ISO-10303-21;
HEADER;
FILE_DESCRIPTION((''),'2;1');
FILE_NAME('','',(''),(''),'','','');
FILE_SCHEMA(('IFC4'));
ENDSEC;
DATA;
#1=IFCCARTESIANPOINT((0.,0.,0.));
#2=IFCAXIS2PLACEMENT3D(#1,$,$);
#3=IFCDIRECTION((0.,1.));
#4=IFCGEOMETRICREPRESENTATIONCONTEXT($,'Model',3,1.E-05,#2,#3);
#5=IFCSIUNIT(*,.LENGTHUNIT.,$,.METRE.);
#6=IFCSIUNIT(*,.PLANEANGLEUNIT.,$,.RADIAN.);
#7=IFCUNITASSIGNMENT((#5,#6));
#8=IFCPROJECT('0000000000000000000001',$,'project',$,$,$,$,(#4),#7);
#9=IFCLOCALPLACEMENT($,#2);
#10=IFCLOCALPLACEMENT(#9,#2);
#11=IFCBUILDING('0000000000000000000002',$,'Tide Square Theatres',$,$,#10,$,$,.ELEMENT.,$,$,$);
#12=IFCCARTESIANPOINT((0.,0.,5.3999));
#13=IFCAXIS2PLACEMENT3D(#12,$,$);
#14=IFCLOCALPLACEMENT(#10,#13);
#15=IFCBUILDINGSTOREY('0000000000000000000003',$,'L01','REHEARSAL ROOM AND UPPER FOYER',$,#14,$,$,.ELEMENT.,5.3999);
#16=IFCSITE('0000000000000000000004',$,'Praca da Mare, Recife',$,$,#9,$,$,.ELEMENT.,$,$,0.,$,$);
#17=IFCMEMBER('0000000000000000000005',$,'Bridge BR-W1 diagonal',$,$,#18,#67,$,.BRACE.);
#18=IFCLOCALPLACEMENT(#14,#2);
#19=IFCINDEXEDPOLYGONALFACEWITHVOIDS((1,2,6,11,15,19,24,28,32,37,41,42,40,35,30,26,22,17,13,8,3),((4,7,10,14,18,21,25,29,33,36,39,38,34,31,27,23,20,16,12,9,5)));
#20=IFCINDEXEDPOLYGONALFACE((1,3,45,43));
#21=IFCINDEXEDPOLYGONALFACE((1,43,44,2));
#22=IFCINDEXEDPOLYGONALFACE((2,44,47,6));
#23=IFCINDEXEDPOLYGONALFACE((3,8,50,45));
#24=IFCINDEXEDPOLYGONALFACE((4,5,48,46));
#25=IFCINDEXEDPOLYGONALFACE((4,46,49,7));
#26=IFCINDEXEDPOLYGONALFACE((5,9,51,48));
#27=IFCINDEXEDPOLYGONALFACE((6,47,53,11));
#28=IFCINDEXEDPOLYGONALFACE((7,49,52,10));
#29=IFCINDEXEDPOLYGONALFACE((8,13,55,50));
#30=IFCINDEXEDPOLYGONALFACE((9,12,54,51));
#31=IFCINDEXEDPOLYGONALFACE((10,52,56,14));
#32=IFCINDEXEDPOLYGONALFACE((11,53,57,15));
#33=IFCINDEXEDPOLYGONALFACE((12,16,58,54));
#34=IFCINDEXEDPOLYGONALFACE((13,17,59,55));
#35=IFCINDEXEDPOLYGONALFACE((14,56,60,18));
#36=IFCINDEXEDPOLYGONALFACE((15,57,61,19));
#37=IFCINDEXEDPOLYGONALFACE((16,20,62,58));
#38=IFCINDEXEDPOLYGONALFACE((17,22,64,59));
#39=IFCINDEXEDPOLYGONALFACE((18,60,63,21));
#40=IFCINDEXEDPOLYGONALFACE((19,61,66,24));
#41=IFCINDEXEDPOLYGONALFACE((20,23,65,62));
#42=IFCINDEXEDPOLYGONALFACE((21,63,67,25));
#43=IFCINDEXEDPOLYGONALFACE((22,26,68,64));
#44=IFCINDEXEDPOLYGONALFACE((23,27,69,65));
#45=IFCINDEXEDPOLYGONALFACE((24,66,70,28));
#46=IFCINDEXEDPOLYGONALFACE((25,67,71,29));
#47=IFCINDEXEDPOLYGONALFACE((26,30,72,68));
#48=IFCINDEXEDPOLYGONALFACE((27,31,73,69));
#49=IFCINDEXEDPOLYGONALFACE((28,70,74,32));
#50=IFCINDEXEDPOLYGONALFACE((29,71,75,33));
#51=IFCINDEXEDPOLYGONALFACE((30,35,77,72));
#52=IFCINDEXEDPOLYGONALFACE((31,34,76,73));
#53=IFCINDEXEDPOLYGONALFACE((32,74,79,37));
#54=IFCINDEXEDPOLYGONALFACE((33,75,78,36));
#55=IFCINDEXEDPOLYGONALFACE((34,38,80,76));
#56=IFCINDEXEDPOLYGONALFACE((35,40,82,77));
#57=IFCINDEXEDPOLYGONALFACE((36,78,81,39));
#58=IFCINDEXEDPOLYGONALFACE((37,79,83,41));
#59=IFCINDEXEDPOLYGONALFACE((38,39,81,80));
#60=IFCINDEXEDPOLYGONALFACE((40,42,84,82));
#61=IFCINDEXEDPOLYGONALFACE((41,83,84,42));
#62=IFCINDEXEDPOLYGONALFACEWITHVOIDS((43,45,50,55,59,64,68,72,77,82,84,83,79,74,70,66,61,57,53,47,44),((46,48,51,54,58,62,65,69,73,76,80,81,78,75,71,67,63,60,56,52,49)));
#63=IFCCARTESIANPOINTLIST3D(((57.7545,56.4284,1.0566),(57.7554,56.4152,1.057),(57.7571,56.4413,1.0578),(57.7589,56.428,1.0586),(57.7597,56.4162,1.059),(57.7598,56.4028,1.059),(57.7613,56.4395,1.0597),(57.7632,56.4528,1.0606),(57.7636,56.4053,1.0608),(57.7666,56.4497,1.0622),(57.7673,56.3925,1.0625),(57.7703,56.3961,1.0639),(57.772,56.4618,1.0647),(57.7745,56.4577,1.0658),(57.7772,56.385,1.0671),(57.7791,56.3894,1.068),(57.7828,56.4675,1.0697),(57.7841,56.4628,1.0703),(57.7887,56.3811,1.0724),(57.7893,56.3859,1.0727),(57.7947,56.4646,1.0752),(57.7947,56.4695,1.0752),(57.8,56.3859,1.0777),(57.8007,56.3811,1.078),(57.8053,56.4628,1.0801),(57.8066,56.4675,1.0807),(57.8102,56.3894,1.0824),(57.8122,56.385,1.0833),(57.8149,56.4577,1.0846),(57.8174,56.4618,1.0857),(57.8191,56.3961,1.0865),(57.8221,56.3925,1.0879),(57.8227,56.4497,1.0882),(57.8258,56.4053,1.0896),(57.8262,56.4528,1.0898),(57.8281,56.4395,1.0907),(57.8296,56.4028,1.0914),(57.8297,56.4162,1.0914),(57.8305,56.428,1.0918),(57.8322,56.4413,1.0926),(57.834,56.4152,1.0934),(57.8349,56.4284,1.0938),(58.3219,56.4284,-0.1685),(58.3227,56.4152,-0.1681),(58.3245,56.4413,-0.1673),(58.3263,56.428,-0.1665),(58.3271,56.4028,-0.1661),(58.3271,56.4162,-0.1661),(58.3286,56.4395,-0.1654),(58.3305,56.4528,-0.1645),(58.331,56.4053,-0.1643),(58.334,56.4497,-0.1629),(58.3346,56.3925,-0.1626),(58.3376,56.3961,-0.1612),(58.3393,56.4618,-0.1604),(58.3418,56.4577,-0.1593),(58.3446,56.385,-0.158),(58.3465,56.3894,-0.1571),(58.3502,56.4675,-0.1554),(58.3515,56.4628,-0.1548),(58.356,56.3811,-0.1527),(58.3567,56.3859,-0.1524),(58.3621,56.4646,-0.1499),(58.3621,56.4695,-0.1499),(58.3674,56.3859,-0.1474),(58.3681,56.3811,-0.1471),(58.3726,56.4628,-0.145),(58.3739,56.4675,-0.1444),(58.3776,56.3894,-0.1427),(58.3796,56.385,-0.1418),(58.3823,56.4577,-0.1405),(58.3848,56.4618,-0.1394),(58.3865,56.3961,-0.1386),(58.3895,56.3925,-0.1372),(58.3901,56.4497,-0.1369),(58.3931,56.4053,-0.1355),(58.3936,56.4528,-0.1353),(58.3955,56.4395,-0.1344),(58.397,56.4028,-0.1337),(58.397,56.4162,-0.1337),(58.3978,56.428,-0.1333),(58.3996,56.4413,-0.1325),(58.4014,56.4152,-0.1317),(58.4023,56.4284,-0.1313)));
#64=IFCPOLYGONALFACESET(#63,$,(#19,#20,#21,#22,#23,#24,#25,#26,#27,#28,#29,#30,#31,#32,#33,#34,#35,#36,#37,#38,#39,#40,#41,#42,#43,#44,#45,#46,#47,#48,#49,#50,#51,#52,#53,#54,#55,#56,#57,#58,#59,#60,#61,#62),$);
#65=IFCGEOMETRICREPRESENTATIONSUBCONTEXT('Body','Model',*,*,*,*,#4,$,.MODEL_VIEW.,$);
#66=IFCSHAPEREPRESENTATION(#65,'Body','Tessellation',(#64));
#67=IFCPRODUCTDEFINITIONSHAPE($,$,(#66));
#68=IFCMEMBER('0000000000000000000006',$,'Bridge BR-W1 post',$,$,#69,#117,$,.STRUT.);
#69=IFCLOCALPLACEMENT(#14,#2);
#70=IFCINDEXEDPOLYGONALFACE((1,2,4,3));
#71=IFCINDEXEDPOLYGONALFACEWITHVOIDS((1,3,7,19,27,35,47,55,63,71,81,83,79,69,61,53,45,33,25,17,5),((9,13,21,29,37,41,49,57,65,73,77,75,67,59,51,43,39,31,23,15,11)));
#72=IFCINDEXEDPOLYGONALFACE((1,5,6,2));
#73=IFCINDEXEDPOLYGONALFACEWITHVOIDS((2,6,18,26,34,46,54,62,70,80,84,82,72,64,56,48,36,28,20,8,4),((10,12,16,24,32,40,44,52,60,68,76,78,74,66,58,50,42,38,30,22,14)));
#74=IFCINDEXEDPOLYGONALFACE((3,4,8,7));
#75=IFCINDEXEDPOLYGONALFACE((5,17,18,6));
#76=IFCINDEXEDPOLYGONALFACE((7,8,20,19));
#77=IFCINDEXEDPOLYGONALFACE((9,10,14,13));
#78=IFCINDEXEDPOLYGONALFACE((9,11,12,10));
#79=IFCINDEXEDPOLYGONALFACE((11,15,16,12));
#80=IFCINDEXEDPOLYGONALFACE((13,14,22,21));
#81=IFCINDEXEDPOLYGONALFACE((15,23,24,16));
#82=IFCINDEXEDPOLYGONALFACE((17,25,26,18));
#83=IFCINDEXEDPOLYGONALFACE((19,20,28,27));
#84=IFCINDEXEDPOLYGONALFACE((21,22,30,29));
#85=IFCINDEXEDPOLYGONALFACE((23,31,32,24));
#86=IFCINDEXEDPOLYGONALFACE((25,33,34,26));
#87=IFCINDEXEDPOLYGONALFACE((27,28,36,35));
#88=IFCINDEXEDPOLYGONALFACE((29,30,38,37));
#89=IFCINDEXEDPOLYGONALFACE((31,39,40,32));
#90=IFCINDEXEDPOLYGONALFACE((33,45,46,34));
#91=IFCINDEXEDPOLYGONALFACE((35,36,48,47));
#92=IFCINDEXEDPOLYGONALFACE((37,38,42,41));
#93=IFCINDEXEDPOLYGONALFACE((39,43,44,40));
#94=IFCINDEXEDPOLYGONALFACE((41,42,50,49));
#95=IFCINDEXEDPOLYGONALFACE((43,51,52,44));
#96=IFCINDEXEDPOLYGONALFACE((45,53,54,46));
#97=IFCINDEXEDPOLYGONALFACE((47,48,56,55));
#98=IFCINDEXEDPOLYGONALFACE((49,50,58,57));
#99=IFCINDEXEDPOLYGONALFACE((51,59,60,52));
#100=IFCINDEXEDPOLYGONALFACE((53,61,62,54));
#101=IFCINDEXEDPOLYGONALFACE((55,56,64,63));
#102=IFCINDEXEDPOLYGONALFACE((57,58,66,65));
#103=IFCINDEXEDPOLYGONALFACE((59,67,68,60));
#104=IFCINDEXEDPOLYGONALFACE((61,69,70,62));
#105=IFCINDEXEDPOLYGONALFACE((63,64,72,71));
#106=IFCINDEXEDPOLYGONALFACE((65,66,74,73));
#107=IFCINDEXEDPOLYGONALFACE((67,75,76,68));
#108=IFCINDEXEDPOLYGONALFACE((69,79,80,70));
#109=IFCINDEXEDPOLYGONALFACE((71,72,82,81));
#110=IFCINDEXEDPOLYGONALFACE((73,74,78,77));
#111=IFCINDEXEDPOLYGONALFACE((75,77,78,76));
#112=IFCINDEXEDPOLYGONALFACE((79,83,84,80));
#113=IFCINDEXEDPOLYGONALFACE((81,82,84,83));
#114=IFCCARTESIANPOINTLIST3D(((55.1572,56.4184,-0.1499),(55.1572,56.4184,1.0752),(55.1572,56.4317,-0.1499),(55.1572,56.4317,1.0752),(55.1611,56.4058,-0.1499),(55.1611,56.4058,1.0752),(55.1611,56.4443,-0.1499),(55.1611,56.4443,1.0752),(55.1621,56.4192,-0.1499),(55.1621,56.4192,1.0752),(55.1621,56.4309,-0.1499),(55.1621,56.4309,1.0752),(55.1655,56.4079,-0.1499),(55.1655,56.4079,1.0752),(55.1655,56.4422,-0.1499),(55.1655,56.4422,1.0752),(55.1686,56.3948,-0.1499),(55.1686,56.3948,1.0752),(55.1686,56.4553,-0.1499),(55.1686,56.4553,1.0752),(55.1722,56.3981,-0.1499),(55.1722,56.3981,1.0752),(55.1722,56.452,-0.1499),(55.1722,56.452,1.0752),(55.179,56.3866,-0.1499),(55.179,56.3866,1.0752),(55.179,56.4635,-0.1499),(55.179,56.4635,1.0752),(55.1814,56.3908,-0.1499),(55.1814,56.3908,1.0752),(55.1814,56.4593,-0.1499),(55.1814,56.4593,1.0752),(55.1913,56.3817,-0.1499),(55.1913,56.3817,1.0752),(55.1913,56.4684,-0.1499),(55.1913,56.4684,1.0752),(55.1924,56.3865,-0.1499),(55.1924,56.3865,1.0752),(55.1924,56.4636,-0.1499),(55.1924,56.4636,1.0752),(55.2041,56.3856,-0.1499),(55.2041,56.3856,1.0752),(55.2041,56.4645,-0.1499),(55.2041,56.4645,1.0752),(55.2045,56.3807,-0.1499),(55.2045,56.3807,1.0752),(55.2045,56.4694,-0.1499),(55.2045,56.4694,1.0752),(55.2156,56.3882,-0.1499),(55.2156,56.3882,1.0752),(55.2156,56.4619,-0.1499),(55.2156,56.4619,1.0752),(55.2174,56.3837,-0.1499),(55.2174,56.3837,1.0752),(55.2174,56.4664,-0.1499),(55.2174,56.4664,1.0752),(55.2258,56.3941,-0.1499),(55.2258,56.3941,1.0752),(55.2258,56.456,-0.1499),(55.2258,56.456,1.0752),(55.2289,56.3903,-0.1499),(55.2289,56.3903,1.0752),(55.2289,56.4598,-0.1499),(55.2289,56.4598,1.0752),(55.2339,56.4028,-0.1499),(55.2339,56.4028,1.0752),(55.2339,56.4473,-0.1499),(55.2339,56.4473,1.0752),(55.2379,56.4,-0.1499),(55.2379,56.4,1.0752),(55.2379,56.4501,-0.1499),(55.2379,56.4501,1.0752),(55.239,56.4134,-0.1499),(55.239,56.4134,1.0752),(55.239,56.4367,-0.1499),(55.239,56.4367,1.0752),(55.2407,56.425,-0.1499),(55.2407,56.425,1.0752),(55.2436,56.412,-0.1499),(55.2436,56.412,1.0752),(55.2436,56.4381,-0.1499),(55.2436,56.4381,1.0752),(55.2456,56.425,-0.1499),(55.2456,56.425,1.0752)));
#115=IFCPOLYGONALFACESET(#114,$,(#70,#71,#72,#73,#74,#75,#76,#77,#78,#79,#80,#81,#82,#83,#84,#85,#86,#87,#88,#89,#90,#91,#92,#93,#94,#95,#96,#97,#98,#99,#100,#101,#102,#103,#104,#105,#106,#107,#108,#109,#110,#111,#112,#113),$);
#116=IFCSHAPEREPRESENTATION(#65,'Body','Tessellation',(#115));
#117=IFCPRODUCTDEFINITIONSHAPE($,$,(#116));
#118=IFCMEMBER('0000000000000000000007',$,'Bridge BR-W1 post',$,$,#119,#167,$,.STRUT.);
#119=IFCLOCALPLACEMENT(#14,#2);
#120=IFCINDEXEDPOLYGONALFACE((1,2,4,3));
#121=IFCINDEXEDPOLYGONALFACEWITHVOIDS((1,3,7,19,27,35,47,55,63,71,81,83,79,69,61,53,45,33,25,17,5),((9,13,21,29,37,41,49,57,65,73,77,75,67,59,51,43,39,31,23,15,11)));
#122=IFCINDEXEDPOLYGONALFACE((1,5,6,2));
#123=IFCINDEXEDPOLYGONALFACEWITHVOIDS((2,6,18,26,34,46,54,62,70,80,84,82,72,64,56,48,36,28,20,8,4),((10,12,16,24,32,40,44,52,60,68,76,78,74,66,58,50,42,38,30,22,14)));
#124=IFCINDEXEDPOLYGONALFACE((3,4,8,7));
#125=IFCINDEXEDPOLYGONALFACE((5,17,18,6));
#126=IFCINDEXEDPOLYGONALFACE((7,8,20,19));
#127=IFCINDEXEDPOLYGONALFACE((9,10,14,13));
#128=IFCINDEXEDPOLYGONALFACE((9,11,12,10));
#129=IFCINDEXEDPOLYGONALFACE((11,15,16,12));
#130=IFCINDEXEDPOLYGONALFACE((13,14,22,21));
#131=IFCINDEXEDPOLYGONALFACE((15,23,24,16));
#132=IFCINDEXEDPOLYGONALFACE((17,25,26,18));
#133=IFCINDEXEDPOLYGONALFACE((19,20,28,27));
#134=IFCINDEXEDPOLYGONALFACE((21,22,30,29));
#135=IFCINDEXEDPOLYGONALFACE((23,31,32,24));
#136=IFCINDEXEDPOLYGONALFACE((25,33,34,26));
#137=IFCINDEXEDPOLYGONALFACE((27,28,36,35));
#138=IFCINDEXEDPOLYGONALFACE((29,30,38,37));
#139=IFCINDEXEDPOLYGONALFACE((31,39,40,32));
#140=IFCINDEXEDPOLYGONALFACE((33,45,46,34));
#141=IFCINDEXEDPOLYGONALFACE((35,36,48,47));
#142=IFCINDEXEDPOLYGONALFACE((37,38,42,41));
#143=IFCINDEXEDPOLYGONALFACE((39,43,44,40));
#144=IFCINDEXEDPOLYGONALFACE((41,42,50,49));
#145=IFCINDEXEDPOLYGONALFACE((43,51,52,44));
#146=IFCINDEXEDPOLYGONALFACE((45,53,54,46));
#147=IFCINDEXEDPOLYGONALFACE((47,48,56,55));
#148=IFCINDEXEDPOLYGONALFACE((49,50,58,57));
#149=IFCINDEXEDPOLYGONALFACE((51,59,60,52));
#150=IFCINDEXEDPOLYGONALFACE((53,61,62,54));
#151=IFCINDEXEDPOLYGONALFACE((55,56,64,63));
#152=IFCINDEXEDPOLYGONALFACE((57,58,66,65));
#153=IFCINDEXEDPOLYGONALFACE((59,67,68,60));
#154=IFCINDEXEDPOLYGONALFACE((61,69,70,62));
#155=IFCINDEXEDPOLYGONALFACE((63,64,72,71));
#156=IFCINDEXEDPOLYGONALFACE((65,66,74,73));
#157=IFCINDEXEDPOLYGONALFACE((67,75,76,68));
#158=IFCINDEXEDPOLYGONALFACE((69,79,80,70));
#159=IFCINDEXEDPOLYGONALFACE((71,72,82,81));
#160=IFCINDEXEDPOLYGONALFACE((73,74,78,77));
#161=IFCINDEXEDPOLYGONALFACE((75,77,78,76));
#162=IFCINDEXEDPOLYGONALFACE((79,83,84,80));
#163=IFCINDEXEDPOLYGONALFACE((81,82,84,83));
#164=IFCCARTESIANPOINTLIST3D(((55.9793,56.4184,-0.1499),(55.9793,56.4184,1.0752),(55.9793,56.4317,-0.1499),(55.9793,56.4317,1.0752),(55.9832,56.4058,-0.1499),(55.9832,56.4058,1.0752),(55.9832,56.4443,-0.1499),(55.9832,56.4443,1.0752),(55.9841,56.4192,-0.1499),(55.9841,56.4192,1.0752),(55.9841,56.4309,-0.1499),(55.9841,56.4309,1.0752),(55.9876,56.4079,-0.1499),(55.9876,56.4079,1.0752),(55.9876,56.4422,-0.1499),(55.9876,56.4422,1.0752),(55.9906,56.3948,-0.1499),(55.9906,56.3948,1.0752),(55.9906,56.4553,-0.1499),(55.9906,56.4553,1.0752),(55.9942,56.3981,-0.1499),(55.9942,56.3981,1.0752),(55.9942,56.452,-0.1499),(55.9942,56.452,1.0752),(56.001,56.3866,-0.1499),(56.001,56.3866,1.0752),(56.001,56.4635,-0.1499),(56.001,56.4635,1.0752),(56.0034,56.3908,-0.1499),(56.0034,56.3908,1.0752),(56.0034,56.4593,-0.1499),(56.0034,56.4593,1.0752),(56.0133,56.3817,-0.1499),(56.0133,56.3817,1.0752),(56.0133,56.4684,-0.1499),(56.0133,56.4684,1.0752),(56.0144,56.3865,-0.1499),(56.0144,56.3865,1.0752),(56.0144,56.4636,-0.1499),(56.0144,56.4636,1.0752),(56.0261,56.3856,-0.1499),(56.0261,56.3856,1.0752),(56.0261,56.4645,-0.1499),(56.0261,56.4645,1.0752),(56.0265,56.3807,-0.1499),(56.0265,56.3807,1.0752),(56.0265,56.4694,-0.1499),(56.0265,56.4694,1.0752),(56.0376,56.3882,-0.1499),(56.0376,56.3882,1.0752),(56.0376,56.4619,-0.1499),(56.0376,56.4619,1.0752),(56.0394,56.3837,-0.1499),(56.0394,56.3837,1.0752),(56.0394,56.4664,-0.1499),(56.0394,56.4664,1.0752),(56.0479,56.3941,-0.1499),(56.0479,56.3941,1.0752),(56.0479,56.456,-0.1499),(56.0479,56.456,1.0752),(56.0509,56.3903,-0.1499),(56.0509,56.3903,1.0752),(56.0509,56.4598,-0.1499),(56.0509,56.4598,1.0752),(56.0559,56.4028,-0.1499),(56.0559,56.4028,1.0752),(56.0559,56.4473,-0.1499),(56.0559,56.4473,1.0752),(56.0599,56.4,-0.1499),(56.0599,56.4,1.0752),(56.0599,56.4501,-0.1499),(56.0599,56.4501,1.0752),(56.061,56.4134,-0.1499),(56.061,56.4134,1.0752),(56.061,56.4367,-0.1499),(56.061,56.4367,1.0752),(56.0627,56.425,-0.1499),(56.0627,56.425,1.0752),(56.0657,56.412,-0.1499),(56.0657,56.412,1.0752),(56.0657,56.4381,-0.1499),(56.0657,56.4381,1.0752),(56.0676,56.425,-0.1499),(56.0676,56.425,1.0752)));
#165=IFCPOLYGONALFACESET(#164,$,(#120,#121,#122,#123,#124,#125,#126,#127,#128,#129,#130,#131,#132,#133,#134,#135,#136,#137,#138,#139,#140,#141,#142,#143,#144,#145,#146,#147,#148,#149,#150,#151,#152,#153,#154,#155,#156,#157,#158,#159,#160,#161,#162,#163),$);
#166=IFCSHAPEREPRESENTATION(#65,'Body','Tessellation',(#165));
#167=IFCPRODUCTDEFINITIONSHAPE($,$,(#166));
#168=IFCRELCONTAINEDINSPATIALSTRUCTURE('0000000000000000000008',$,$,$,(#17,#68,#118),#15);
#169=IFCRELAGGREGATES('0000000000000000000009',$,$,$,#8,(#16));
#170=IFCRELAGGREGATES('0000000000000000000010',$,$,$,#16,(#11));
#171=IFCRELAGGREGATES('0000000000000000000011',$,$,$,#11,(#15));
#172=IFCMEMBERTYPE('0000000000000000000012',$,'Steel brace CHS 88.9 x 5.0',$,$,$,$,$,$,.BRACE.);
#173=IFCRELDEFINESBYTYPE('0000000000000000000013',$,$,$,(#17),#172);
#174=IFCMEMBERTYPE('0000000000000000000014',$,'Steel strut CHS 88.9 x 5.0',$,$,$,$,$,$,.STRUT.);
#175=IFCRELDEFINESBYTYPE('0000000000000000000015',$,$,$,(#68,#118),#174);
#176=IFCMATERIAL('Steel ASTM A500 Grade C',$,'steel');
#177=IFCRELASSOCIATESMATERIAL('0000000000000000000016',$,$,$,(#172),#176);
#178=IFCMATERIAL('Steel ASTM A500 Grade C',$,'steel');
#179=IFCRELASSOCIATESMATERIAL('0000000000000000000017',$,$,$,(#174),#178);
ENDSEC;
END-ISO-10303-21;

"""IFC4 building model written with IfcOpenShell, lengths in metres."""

from ifc_helpers import new_model, si_unit, direction, frame, origin, origin_2d, place, context, subcontext, project, spatial, hollow_circle, extrude, material, material_profile, profile_set, type_object, element, save


model = new_model("IFC4")

# Units and contexts
model_context = context("Model", 3, precision=1e-05, world=origin(), true_north=direction((0.0, 1.0)))
body_context = subcontext(model_context, "Body", "Model", "MODEL_VIEW")
ifc_project = project(units=[si_unit("LENGTHUNIT", "METRE"), si_unit("PLANEANGLEUNIT", "RADIAN")], contexts=[model_context])

# Site, building, storey
site_placement = place(None, origin())
site = spatial("IfcSite", under=ifc_project, at=site_placement, Name="Praca da Mare, Recife", CompositionType="ELEMENT", RefElevation=0.0)
building_placement = place(site_placement, origin())
building = spatial("IfcBuilding", under=site, at=building_placement, Name="Tide Square Theatres", CompositionType="ELEMENT")
storey_placement = place(building_placement, frame((0.0, 0.0, 5.3999)))
storey = spatial("IfcBuildingStorey", under=building, at=storey_placement, Name="L01", Description="REHEARSAL ROOM AND UPPER FOYER", CompositionType="ELEMENT", Elevation=5.3999)

# Members
ifc_material_1 = material(Name="Steel ASTM A500 Grade C", Category="steel")
ifc_material_profile_1 = material_profile(ifc_material_1, hollow_circle(Radius=0.0444, WallThickness=0.0049, at=origin_2d()))
ifc_profile_set_1 = profile_set([ifc_material_profile_1], Name="Steel ASTM A500 Grade C")
member_type_1 = type_object("IfcMemberType", Name="Steel brace CHS 88.9 x 5.0", PredefinedType="BRACE", material=ifc_profile_set_1)
for number, where, z_axis, x_axis, name in (
    (1, (57.7947, 56.425, 1.0752), (0.42025, 0.0, -0.907408), (0.0, 1.0, 0.0), "Bridge BR-W1 diagonal"),
):
    element("IfcMember", number, at=place(storey_placement, frame(where, z_axis=z_axis, x_axis=x_axis)), inside=storey, type_object=member_type_1, Name=name, PredefinedType="BRACE", context=body_context, shape_type="SweptSolid", body=[
        extrude(hollow_circle(Radius=0.0444, WallThickness=0.0049, at=origin_2d()), origin(), (0.0, 0.0, 1.0), 1.3501),
    ])
ifc_material_2 = material(Name="Steel ASTM A500 Grade C", Category="steel")
ifc_material_profile_2 = material_profile(ifc_material_2, hollow_circle(Radius=0.0444, WallThickness=0.0049, at=origin_2d()))
ifc_profile_set_2 = profile_set([ifc_material_profile_2], Name="Steel ASTM A500 Grade C")
member_type_2 = type_object("IfcMemberType", Name="Steel strut CHS 88.9 x 5.0", PredefinedType="STRUT", material=ifc_profile_set_2)
for number, where, z_axis, x_axis, name in (
    (2, (55.2012, 56.425, -0.1499), (0.0, 0.0, 1.0), (1.0, 0.0, 0.0), "Bridge BR-W1 post"),
    (3, (56.0232, 56.425, -0.1499), (0.0, 0.0, 1.0), (1.0, 0.0, 0.0), "Bridge BR-W1 post"),
):
    element("IfcMember", number, at=place(storey_placement, frame(where, z_axis=z_axis, x_axis=x_axis)), inside=storey, type_object=member_type_2, Name=name, PredefinedType="STRUT", context=body_context, shape_type="SweptSolid", body=[
        extrude(hollow_circle(Radius=0.0444, WallThickness=0.0049, at=origin_2d()), origin(), (0.0, 0.0, 1.0), 1.2251),
    ])

save(model, "model.ifc")
